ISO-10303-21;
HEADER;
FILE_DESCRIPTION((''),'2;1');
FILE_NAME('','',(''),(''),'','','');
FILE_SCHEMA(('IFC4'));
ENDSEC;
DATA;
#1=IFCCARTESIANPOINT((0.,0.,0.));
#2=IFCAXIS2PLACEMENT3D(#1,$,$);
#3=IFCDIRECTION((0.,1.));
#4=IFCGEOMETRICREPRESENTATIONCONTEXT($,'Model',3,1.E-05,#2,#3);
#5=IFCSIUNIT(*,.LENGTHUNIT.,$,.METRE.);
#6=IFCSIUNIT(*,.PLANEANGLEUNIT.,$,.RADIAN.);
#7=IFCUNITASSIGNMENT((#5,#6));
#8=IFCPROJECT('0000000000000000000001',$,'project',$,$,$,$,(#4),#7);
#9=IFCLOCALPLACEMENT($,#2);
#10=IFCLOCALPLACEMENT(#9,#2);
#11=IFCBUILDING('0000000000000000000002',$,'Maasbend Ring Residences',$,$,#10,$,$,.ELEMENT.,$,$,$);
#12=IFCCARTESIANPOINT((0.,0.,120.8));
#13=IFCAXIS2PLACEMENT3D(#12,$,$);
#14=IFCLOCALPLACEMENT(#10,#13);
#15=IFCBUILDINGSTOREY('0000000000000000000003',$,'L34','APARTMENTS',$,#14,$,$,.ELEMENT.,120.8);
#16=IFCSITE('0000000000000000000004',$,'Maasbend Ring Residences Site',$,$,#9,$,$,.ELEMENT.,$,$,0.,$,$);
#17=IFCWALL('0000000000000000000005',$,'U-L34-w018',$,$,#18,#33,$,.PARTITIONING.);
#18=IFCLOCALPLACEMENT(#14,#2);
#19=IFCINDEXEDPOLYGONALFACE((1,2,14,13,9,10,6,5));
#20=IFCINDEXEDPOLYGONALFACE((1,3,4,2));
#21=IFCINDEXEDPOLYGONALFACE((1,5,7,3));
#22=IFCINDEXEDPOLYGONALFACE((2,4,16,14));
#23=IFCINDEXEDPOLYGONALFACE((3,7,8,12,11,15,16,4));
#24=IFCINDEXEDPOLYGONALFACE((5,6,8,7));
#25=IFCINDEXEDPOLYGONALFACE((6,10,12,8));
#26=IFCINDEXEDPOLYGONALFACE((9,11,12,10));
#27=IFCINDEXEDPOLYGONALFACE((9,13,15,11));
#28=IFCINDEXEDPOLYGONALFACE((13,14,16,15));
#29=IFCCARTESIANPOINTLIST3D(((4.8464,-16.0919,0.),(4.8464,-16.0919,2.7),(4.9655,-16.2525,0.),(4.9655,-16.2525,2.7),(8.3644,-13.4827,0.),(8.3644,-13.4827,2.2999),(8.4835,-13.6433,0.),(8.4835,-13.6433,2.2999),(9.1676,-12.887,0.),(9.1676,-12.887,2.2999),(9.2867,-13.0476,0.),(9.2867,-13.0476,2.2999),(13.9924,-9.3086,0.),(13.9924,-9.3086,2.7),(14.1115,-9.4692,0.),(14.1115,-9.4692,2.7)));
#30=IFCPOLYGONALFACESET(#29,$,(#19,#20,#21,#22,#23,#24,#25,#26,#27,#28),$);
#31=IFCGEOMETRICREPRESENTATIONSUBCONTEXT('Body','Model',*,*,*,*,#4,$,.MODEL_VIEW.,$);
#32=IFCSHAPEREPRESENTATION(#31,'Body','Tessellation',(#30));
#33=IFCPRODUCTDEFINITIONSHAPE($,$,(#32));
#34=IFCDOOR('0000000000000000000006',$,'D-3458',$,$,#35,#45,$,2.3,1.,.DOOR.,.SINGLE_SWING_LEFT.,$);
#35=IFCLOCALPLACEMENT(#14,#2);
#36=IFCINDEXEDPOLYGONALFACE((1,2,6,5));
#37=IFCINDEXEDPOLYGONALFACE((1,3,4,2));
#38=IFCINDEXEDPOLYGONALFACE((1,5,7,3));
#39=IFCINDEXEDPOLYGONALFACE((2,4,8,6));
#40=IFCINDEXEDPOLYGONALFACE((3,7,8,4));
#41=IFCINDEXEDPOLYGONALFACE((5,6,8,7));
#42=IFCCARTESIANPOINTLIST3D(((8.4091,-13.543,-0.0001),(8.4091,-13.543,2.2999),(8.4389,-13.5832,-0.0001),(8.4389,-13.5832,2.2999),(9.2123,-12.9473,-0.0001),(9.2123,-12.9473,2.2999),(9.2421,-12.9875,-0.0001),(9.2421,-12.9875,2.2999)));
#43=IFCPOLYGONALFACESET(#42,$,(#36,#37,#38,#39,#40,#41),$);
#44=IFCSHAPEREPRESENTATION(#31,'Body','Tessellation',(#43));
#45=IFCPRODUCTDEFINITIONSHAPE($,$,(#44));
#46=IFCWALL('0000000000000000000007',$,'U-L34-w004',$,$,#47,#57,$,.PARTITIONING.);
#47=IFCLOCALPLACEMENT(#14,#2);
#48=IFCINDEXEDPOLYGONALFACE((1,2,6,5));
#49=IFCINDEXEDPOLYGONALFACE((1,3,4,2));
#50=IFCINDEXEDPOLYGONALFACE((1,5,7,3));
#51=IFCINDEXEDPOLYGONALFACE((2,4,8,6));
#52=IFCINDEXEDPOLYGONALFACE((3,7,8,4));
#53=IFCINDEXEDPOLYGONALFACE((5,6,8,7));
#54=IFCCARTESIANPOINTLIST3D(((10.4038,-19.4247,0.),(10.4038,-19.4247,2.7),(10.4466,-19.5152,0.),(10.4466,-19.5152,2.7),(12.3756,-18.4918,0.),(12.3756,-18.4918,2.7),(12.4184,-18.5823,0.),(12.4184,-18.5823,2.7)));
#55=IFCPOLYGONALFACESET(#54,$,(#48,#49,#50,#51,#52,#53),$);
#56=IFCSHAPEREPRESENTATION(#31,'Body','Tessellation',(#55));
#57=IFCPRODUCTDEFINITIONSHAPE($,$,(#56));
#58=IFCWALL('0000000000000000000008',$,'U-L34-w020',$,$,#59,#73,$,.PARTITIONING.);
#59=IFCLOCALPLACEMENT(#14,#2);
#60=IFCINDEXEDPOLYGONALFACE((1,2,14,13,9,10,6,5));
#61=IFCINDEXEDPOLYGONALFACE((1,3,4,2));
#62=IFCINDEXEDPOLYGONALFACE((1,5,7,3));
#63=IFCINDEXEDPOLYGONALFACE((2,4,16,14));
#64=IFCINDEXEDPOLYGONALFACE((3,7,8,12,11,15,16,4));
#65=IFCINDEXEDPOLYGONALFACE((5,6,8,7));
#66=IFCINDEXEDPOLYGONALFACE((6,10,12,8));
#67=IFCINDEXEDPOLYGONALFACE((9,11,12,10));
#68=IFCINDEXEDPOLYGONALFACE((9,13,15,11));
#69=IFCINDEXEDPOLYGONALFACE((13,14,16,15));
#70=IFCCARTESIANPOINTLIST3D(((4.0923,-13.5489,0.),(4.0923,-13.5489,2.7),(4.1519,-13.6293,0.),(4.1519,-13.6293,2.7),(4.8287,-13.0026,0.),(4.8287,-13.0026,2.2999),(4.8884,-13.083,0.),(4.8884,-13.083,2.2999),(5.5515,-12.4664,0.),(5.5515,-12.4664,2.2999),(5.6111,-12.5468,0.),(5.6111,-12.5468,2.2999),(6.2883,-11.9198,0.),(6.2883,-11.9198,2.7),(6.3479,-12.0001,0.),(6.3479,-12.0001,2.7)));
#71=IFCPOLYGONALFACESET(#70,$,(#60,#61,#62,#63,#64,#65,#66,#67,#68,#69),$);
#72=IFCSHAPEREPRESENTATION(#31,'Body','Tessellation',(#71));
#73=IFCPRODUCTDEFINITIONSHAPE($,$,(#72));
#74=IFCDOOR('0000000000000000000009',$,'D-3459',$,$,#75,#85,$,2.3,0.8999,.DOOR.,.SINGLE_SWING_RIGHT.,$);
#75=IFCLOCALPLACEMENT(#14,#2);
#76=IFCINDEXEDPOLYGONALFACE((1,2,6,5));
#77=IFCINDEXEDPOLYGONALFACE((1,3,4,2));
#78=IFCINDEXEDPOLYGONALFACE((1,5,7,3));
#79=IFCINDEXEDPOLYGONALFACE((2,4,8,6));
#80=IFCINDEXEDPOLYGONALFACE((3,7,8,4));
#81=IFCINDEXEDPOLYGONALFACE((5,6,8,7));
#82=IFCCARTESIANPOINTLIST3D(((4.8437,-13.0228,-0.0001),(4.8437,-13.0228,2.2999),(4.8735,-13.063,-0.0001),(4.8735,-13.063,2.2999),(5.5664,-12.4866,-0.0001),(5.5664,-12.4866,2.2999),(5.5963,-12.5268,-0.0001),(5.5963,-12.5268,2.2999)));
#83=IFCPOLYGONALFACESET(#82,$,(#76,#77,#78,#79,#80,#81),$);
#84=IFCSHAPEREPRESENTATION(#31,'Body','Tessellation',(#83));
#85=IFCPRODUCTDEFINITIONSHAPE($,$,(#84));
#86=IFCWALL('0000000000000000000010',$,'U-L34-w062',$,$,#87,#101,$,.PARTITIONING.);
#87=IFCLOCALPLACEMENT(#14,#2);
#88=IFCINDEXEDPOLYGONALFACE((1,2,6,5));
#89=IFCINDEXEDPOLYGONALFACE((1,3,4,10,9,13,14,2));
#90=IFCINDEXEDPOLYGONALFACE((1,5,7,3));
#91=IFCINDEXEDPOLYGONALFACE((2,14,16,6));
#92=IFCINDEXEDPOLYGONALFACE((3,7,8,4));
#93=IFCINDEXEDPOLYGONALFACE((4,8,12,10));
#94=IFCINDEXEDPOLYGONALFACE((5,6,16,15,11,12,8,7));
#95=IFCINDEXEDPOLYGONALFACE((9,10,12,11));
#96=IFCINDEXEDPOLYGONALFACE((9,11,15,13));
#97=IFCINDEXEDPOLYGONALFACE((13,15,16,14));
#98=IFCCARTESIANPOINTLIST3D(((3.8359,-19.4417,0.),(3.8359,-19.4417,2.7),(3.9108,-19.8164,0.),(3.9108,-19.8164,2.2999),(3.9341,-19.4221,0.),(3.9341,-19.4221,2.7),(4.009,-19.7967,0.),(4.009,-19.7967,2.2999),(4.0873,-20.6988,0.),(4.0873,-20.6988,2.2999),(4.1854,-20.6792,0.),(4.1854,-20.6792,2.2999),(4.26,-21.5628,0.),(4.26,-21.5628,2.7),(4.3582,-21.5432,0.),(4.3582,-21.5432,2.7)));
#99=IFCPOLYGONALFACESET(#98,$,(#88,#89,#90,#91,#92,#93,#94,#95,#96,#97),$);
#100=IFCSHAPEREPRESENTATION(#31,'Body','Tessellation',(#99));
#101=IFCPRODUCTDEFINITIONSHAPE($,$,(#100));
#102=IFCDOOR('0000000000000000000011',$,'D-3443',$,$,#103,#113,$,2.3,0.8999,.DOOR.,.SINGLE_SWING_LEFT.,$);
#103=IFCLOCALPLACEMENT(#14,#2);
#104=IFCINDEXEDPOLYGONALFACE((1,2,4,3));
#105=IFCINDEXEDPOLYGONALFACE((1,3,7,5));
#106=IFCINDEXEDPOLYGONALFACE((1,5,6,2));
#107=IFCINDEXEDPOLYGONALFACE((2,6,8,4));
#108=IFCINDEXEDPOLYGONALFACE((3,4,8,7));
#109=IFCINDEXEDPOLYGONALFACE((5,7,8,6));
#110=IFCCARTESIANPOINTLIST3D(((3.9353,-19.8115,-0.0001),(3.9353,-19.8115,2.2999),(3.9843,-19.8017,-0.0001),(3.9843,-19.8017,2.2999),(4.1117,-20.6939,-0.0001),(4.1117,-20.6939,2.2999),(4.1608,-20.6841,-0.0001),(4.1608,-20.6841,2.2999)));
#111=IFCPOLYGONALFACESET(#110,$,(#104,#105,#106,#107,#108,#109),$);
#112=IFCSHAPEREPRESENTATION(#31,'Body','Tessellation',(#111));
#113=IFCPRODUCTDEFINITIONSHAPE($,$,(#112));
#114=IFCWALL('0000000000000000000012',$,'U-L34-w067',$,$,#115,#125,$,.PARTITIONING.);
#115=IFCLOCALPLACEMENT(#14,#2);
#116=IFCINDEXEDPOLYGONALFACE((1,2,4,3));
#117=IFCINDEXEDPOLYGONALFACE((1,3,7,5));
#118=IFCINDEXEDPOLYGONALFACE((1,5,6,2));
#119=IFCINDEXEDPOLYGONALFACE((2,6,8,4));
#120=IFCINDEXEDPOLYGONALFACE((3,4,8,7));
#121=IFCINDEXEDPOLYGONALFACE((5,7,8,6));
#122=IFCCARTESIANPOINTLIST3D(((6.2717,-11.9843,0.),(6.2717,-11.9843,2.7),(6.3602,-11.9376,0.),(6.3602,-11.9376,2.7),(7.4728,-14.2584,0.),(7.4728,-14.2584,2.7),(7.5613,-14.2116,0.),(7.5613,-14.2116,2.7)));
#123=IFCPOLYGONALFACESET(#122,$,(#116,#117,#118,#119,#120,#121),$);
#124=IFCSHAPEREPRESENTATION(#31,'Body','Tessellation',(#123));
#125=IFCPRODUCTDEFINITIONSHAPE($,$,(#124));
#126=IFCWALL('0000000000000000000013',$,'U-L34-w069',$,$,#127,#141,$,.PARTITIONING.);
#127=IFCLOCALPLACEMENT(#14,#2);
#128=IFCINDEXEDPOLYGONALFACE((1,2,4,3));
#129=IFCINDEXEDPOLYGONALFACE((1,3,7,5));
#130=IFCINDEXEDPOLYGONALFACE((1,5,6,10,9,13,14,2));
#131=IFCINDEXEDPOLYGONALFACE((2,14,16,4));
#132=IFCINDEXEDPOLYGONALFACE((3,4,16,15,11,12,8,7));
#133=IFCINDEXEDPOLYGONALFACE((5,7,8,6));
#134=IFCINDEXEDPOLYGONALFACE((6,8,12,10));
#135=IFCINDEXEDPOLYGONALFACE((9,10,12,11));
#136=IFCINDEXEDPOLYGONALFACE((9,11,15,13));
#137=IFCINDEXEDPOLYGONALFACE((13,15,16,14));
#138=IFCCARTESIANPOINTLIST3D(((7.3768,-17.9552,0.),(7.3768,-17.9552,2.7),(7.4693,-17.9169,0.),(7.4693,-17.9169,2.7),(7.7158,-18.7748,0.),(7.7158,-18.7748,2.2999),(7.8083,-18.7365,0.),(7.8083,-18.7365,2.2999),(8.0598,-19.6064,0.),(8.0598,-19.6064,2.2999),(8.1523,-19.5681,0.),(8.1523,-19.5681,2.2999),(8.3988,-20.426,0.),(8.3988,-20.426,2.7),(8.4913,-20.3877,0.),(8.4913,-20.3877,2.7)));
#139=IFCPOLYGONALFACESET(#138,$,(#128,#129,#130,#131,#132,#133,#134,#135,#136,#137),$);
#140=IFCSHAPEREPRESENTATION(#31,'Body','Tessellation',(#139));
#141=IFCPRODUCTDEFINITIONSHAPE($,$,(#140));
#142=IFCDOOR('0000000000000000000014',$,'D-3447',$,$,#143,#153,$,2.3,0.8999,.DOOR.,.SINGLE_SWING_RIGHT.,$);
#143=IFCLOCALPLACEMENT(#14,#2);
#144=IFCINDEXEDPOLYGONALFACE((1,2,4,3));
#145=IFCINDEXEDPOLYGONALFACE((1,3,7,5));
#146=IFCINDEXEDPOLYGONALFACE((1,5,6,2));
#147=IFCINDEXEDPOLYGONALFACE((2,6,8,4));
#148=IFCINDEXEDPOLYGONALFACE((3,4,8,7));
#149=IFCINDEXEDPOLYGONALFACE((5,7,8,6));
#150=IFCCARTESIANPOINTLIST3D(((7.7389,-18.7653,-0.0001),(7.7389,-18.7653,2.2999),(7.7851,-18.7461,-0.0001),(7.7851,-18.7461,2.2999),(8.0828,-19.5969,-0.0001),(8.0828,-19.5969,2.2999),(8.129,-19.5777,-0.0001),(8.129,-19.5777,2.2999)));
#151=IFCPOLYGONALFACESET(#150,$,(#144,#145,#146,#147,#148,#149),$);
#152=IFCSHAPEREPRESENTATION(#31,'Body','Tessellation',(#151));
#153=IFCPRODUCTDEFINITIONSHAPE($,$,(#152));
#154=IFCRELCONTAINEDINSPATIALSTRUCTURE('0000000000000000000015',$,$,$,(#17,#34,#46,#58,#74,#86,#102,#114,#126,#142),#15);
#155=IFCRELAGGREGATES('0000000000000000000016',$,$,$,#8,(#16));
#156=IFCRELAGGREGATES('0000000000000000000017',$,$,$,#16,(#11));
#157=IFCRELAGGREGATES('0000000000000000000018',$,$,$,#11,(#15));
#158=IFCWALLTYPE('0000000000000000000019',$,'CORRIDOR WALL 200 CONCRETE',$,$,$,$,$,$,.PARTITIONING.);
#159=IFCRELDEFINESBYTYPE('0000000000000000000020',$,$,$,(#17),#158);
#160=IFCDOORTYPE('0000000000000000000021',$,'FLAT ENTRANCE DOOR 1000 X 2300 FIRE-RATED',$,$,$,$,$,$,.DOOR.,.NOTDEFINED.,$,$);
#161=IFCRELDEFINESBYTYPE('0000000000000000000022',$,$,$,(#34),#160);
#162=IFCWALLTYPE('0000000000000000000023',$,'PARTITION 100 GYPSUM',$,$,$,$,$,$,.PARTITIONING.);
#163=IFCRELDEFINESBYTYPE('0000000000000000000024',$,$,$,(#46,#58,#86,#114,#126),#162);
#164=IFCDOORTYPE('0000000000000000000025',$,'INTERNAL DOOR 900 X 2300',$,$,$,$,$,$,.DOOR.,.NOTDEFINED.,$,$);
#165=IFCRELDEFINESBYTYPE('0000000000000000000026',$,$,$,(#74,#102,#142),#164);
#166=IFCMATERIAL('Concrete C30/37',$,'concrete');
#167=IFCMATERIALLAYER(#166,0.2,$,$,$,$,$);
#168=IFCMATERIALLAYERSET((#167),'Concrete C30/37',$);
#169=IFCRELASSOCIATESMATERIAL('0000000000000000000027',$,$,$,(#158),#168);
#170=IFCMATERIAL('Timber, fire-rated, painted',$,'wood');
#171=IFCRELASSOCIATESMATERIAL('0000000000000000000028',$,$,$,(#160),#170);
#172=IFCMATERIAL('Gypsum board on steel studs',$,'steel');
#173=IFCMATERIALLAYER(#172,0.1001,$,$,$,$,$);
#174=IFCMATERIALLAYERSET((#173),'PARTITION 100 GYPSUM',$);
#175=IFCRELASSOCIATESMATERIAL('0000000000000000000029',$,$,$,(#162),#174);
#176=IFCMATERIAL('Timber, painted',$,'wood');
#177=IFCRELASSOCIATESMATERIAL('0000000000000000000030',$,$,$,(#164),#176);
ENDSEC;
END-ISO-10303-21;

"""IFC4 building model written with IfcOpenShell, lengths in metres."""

from ifc_helpers import new_model, si_unit, direction, frame, frame_2d, origin, place, context, subcontext, project, spatial, rectangle, extrude, material, layer, layer_set, type_object, element, fill, save


model = new_model("IFC4")

# Units and contexts
model_context = context("Model", 3, precision=1e-05, world=origin(), true_north=direction((0.0, 1.0)))
body_context = subcontext(model_context, "Body", "Model", "MODEL_VIEW")
ifc_project = project(units=[si_unit("LENGTHUNIT", "METRE"), si_unit("PLANEANGLEUNIT", "RADIAN")], contexts=[model_context])

# Site, building, storey
site_placement = place(None, origin())
site = spatial("IfcSite", under=ifc_project, at=site_placement, Name="Maasbend Ring Residences Site", CompositionType="ELEMENT", RefElevation=0.0)
building_placement = place(site_placement, origin())
building = spatial("IfcBuilding", under=site, at=building_placement, Name="Maasbend Ring Residences", CompositionType="ELEMENT")
storey_placement = place(building_placement, frame((0.0, 0.0, 120.8)))
storey = spatial("IfcBuildingStorey", under=building, at=storey_placement, Name="L34", Description="APARTMENTS", CompositionType="ELEMENT", Elevation=120.8)

# Wall, opening, door
ifc_material_1 = material(Name="Concrete C30/37", Category="concrete")
ifc_layer_1 = layer(ifc_material_1, 0.2)
ifc_layer_set_1 = layer_set([ifc_layer_1], Name="Concrete C30/37")
wall_type_1 = type_object("IfcWallType", Name="CORRIDOR WALL 200 CONCRETE", PredefinedType="PARTITIONING", material=ifc_layer_set_1)
ifc_material_2 = material(Name="Timber, fire-rated, painted", Category="wood")
door_type_1 = type_object("IfcDoorType", Name="FLAT ENTRANCE DOOR 1000 X 2300 FIRE-RATED", OperationType="NOTDEFINED", PredefinedType="DOOR", material=ifc_material_2)
wall_1_placement = place(storey_placement, frame((4.906, -16.1721, 0.0), z_axis=(0.0, 0.0, 1.0), x_axis=(0.803205, 0.595703, 0.0)))
wall_1 = element("IfcWall", 1, at=wall_1_placement, inside=storey, type_object=wall_type_1, Name="U-L34-w018", PredefinedType="PARTITIONING", context=body_context, shape_type="SweptSolid", body=[
    extrude(rectangle(XDim=11.387, YDim=0.2, at=frame_2d((5.6934, 0.0))), origin(), (0.0, 0.0, 1.0), 2.7),
])
opening_1_placement = place(wall_1_placement, frame((4.3799, 0.0, 0.0)))
opening_1 = element("IfcOpeningElement", 2, at=opening_1_placement, cuts=wall_1, PredefinedType="OPENING", context=body_context, shape_type="SweptSolid", body=[
    extrude(rectangle(XDim=1.0, YDim=2.3, at=frame_2d((0.5, 1.1499))), frame((0.0, 0.1099, 0.0), z_axis=(0.0, -1.0, 0.0), x_axis=(1.0, 0.0, 0.0)), (0.0, 0.0, 1.0), 0.22),
])
door_1_placement = place(opening_1_placement, origin())
door_1 = element("IfcDoor", 3, at=door_1_placement, inside=storey, type_object=door_type_1, Name="D-3458", OperationType="SINGLE_SWING_LEFT", OverallHeight=2.3, OverallWidth=1.0, PredefinedType="DOOR", context=body_context, shape_type="SweptSolid", body=[
    extrude(rectangle(XDim=1.0, YDim=2.3, at=frame_2d((0.5, 1.1499))), frame((0.0, 0.0249, 0.0), z_axis=(0.0, -1.0, 0.0), x_axis=(1.0, 0.0, 0.0)), (0.0, 0.0, 1.0), 0.05),
])
fill(opening_1, door_1)

# Wall
ifc_material_3 = material(Name="Gypsum board on steel studs", Category="steel")
ifc_layer_2 = layer(ifc_material_3, 0.1001)
ifc_layer_set_2 = layer_set([ifc_layer_2], Name="PARTITION 100 GYPSUM")
wall_type_2 = type_object("IfcWallType", Name="PARTITION 100 GYPSUM", PredefinedType="PARTITIONING", material=ifc_layer_set_2)
wall_2_placement = place(storey_placement, frame((10.425, -19.47, 0.0), z_axis=(0.0, 0.0, 1.0), x_axis=(0.903952, 0.427634, 0.0)))
element("IfcWall", 4, at=wall_2_placement, inside=storey, type_object=wall_type_2, Name="U-L34-w004", PredefinedType="PARTITIONING", context=body_context, shape_type="SweptSolid", body=[
    extrude(rectangle(XDim=2.1814, YDim=0.1001, at=frame_2d((1.0908, 0.0))), origin(), (0.0, 0.0, 1.0), 2.7),
])

# Walls, openings, doors
wall_3_placement = place(storey_placement, frame((4.1221, -13.5891, 0.0), z_axis=(0.0, 0.0, 1.0), x_axis=(0.803128, 0.595806, 0.0)))
wall_3 = element("IfcWall", 5, at=wall_3_placement, inside=storey, type_object=wall_type_2, Name="U-L34-w020", PredefinedType="PARTITIONING", context=body_context, shape_type="SweptSolid", body=[
    extrude(rectangle(XDim=2.7344, YDim=0.1001, at=frame_2d((1.3672, 0.0))), origin(), (0.0, 0.0, 1.0), 2.7),
])
opening_2_placement = place(wall_3_placement, frame((0.917, 0.0, 0.0)))
opening_2 = element("IfcOpeningElement", 6, at=opening_2_placement, cuts=wall_3, PredefinedType="OPENING", context=body_context, shape_type="SweptSolid", body=[
    extrude(rectangle(XDim=0.8999, YDim=2.3, at=frame_2d((0.45, 1.1499))), frame((0.0, 0.0601, 0.0), z_axis=(0.0, -1.0, 0.0), x_axis=(1.0, 0.0, 0.0)), (0.0, 0.0, 1.0), 0.1201),
])
ifc_material_4 = material(Name="Timber, painted", Category="wood")
door_type_2 = type_object("IfcDoorType", Name="INTERNAL DOOR 900 X 2300", OperationType="NOTDEFINED", PredefinedType="DOOR", material=ifc_material_4)
door_2_placement = place(opening_2_placement, origin())
door_2 = element("IfcDoor", 7, at=door_2_placement, inside=storey, type_object=door_type_2, Name="D-3459", OperationType="SINGLE_SWING_RIGHT", OverallHeight=2.3, OverallWidth=0.8999, PredefinedType="DOOR", context=body_context, shape_type="SweptSolid", body=[
    extrude(rectangle(XDim=0.8999, YDim=2.3, at=frame_2d((0.45, 1.1499))), frame((0.0, 0.0249, 0.0), z_axis=(0.0, -1.0, 0.0), x_axis=(1.0, 0.0, 0.0)), (0.0, 0.0, 1.0), 0.05),
])
fill(opening_2, door_2)
wall_4_placement = place(storey_placement, frame((3.885, -19.4319, 0.0), z_axis=(0.0, 0.0, 1.0), x_axis=(0.196051, -0.980594, 0.0)))
wall_4 = element("IfcWall", 8, at=wall_4_placement, inside=storey, type_object=wall_type_2, Name="U-L34-w062", PredefinedType="PARTITIONING", context=body_context, shape_type="SweptSolid", body=[
    extrude(rectangle(XDim=2.1631, YDim=0.1001, at=frame_2d((1.0815, 0.0))), origin(), (0.0, 0.0, 1.0), 2.7),
])
opening_3_placement = place(wall_4_placement, frame((0.3821, 0.0, 0.0)))
opening_3 = element("IfcOpeningElement", 9, at=opening_3_placement, cuts=wall_4, PredefinedType="OPENING", context=body_context, shape_type="SweptSolid", body=[
    extrude(rectangle(XDim=0.8999, YDim=2.3, at=frame_2d((0.45, 1.1499))), frame((0.0, 0.0601, 0.0), z_axis=(0.0, -1.0, 0.0), x_axis=(1.0, 0.0, 0.0)), (0.0, 0.0, 1.0), 0.1201),
])
door_3_placement = place(opening_3_placement, origin())
door_3 = element("IfcDoor", 10, at=door_3_placement, inside=storey, type_object=door_type_2, Name="D-3443", OperationType="SINGLE_SWING_LEFT", OverallHeight=2.3, OverallWidth=0.8999, PredefinedType="DOOR", context=body_context, shape_type="SweptSolid", body=[
    extrude(rectangle(XDim=0.8999, YDim=2.3, at=frame_2d((0.45, 1.1499))), frame((0.0, 0.0249, 0.0), z_axis=(0.0, -1.0, 0.0), x_axis=(1.0, 0.0, 0.0)), (0.0, 0.0, 1.0), 0.05),
])
fill(opening_3, door_3)

# Wall
wall_5_placement = place(storey_placement, frame((6.3159, -11.9609, 0.0), z_axis=(0.0, 0.0, 1.0), x_axis=(0.467037, -0.884238, 0.0)))
element("IfcWall", 11, at=wall_5_placement, inside=storey, type_object=wall_type_2, Name="U-L34-w067", PredefinedType="PARTITIONING", context=body_context, shape_type="SweptSolid", body=[
    extrude(rectangle(XDim=2.5718, YDim=0.1001, at=frame_2d((1.2859, 0.0))), origin(), (0.0, 0.0, 1.0), 2.7),
])

# Wall, opening, door
wall_6_placement = place(storey_placement, frame((7.4231, -17.936, 0.0), z_axis=(0.0, 0.0, 1.0), x_axis=(0.382196, -0.924081, 0.0)))
wall_6 = element("IfcWall", 12, at=wall_6_placement, inside=storey, type_object=wall_type_2, Name="U-L34-w069", PredefinedType="PARTITIONING", context=body_context, shape_type="SweptSolid", body=[
    extrude(rectangle(XDim=2.6738, YDim=0.1001, at=frame_2d((1.3369, 0.0))), origin(), (0.0, 0.0, 1.0), 2.7),
])
opening_4_placement = place(wall_6_placement, frame((0.887, 0.0, 0.0)))
opening_4 = element("IfcOpeningElement", 13, at=opening_4_placement, cuts=wall_6, PredefinedType="OPENING", context=body_context, shape_type="SweptSolid", body=[
    extrude(rectangle(XDim=0.8999, YDim=2.3, at=frame_2d((0.45, 1.1499))), frame((0.0, 0.0601, 0.0), z_axis=(0.0, -1.0, 0.0), x_axis=(1.0, 0.0, 0.0)), (0.0, 0.0, 1.0), 0.1201),
])
door_4_placement = place(opening_4_placement, origin())
door_4 = element("IfcDoor", 14, at=door_4_placement, inside=storey, type_object=door_type_2, Name="D-3447", OperationType="SINGLE_SWING_RIGHT", OverallHeight=2.3, OverallWidth=0.8999, PredefinedType="DOOR", context=body_context, shape_type="SweptSolid", body=[
    extrude(rectangle(XDim=0.8999, YDim=2.3, at=frame_2d((0.45, 1.1499))), frame((0.0, 0.0249, 0.0), z_axis=(0.0, -1.0, 0.0), x_axis=(1.0, 0.0, 0.0)), (0.0, 0.0, 1.0), 0.05),
])
fill(opening_4, door_4)

save(model, "model.ifc")
